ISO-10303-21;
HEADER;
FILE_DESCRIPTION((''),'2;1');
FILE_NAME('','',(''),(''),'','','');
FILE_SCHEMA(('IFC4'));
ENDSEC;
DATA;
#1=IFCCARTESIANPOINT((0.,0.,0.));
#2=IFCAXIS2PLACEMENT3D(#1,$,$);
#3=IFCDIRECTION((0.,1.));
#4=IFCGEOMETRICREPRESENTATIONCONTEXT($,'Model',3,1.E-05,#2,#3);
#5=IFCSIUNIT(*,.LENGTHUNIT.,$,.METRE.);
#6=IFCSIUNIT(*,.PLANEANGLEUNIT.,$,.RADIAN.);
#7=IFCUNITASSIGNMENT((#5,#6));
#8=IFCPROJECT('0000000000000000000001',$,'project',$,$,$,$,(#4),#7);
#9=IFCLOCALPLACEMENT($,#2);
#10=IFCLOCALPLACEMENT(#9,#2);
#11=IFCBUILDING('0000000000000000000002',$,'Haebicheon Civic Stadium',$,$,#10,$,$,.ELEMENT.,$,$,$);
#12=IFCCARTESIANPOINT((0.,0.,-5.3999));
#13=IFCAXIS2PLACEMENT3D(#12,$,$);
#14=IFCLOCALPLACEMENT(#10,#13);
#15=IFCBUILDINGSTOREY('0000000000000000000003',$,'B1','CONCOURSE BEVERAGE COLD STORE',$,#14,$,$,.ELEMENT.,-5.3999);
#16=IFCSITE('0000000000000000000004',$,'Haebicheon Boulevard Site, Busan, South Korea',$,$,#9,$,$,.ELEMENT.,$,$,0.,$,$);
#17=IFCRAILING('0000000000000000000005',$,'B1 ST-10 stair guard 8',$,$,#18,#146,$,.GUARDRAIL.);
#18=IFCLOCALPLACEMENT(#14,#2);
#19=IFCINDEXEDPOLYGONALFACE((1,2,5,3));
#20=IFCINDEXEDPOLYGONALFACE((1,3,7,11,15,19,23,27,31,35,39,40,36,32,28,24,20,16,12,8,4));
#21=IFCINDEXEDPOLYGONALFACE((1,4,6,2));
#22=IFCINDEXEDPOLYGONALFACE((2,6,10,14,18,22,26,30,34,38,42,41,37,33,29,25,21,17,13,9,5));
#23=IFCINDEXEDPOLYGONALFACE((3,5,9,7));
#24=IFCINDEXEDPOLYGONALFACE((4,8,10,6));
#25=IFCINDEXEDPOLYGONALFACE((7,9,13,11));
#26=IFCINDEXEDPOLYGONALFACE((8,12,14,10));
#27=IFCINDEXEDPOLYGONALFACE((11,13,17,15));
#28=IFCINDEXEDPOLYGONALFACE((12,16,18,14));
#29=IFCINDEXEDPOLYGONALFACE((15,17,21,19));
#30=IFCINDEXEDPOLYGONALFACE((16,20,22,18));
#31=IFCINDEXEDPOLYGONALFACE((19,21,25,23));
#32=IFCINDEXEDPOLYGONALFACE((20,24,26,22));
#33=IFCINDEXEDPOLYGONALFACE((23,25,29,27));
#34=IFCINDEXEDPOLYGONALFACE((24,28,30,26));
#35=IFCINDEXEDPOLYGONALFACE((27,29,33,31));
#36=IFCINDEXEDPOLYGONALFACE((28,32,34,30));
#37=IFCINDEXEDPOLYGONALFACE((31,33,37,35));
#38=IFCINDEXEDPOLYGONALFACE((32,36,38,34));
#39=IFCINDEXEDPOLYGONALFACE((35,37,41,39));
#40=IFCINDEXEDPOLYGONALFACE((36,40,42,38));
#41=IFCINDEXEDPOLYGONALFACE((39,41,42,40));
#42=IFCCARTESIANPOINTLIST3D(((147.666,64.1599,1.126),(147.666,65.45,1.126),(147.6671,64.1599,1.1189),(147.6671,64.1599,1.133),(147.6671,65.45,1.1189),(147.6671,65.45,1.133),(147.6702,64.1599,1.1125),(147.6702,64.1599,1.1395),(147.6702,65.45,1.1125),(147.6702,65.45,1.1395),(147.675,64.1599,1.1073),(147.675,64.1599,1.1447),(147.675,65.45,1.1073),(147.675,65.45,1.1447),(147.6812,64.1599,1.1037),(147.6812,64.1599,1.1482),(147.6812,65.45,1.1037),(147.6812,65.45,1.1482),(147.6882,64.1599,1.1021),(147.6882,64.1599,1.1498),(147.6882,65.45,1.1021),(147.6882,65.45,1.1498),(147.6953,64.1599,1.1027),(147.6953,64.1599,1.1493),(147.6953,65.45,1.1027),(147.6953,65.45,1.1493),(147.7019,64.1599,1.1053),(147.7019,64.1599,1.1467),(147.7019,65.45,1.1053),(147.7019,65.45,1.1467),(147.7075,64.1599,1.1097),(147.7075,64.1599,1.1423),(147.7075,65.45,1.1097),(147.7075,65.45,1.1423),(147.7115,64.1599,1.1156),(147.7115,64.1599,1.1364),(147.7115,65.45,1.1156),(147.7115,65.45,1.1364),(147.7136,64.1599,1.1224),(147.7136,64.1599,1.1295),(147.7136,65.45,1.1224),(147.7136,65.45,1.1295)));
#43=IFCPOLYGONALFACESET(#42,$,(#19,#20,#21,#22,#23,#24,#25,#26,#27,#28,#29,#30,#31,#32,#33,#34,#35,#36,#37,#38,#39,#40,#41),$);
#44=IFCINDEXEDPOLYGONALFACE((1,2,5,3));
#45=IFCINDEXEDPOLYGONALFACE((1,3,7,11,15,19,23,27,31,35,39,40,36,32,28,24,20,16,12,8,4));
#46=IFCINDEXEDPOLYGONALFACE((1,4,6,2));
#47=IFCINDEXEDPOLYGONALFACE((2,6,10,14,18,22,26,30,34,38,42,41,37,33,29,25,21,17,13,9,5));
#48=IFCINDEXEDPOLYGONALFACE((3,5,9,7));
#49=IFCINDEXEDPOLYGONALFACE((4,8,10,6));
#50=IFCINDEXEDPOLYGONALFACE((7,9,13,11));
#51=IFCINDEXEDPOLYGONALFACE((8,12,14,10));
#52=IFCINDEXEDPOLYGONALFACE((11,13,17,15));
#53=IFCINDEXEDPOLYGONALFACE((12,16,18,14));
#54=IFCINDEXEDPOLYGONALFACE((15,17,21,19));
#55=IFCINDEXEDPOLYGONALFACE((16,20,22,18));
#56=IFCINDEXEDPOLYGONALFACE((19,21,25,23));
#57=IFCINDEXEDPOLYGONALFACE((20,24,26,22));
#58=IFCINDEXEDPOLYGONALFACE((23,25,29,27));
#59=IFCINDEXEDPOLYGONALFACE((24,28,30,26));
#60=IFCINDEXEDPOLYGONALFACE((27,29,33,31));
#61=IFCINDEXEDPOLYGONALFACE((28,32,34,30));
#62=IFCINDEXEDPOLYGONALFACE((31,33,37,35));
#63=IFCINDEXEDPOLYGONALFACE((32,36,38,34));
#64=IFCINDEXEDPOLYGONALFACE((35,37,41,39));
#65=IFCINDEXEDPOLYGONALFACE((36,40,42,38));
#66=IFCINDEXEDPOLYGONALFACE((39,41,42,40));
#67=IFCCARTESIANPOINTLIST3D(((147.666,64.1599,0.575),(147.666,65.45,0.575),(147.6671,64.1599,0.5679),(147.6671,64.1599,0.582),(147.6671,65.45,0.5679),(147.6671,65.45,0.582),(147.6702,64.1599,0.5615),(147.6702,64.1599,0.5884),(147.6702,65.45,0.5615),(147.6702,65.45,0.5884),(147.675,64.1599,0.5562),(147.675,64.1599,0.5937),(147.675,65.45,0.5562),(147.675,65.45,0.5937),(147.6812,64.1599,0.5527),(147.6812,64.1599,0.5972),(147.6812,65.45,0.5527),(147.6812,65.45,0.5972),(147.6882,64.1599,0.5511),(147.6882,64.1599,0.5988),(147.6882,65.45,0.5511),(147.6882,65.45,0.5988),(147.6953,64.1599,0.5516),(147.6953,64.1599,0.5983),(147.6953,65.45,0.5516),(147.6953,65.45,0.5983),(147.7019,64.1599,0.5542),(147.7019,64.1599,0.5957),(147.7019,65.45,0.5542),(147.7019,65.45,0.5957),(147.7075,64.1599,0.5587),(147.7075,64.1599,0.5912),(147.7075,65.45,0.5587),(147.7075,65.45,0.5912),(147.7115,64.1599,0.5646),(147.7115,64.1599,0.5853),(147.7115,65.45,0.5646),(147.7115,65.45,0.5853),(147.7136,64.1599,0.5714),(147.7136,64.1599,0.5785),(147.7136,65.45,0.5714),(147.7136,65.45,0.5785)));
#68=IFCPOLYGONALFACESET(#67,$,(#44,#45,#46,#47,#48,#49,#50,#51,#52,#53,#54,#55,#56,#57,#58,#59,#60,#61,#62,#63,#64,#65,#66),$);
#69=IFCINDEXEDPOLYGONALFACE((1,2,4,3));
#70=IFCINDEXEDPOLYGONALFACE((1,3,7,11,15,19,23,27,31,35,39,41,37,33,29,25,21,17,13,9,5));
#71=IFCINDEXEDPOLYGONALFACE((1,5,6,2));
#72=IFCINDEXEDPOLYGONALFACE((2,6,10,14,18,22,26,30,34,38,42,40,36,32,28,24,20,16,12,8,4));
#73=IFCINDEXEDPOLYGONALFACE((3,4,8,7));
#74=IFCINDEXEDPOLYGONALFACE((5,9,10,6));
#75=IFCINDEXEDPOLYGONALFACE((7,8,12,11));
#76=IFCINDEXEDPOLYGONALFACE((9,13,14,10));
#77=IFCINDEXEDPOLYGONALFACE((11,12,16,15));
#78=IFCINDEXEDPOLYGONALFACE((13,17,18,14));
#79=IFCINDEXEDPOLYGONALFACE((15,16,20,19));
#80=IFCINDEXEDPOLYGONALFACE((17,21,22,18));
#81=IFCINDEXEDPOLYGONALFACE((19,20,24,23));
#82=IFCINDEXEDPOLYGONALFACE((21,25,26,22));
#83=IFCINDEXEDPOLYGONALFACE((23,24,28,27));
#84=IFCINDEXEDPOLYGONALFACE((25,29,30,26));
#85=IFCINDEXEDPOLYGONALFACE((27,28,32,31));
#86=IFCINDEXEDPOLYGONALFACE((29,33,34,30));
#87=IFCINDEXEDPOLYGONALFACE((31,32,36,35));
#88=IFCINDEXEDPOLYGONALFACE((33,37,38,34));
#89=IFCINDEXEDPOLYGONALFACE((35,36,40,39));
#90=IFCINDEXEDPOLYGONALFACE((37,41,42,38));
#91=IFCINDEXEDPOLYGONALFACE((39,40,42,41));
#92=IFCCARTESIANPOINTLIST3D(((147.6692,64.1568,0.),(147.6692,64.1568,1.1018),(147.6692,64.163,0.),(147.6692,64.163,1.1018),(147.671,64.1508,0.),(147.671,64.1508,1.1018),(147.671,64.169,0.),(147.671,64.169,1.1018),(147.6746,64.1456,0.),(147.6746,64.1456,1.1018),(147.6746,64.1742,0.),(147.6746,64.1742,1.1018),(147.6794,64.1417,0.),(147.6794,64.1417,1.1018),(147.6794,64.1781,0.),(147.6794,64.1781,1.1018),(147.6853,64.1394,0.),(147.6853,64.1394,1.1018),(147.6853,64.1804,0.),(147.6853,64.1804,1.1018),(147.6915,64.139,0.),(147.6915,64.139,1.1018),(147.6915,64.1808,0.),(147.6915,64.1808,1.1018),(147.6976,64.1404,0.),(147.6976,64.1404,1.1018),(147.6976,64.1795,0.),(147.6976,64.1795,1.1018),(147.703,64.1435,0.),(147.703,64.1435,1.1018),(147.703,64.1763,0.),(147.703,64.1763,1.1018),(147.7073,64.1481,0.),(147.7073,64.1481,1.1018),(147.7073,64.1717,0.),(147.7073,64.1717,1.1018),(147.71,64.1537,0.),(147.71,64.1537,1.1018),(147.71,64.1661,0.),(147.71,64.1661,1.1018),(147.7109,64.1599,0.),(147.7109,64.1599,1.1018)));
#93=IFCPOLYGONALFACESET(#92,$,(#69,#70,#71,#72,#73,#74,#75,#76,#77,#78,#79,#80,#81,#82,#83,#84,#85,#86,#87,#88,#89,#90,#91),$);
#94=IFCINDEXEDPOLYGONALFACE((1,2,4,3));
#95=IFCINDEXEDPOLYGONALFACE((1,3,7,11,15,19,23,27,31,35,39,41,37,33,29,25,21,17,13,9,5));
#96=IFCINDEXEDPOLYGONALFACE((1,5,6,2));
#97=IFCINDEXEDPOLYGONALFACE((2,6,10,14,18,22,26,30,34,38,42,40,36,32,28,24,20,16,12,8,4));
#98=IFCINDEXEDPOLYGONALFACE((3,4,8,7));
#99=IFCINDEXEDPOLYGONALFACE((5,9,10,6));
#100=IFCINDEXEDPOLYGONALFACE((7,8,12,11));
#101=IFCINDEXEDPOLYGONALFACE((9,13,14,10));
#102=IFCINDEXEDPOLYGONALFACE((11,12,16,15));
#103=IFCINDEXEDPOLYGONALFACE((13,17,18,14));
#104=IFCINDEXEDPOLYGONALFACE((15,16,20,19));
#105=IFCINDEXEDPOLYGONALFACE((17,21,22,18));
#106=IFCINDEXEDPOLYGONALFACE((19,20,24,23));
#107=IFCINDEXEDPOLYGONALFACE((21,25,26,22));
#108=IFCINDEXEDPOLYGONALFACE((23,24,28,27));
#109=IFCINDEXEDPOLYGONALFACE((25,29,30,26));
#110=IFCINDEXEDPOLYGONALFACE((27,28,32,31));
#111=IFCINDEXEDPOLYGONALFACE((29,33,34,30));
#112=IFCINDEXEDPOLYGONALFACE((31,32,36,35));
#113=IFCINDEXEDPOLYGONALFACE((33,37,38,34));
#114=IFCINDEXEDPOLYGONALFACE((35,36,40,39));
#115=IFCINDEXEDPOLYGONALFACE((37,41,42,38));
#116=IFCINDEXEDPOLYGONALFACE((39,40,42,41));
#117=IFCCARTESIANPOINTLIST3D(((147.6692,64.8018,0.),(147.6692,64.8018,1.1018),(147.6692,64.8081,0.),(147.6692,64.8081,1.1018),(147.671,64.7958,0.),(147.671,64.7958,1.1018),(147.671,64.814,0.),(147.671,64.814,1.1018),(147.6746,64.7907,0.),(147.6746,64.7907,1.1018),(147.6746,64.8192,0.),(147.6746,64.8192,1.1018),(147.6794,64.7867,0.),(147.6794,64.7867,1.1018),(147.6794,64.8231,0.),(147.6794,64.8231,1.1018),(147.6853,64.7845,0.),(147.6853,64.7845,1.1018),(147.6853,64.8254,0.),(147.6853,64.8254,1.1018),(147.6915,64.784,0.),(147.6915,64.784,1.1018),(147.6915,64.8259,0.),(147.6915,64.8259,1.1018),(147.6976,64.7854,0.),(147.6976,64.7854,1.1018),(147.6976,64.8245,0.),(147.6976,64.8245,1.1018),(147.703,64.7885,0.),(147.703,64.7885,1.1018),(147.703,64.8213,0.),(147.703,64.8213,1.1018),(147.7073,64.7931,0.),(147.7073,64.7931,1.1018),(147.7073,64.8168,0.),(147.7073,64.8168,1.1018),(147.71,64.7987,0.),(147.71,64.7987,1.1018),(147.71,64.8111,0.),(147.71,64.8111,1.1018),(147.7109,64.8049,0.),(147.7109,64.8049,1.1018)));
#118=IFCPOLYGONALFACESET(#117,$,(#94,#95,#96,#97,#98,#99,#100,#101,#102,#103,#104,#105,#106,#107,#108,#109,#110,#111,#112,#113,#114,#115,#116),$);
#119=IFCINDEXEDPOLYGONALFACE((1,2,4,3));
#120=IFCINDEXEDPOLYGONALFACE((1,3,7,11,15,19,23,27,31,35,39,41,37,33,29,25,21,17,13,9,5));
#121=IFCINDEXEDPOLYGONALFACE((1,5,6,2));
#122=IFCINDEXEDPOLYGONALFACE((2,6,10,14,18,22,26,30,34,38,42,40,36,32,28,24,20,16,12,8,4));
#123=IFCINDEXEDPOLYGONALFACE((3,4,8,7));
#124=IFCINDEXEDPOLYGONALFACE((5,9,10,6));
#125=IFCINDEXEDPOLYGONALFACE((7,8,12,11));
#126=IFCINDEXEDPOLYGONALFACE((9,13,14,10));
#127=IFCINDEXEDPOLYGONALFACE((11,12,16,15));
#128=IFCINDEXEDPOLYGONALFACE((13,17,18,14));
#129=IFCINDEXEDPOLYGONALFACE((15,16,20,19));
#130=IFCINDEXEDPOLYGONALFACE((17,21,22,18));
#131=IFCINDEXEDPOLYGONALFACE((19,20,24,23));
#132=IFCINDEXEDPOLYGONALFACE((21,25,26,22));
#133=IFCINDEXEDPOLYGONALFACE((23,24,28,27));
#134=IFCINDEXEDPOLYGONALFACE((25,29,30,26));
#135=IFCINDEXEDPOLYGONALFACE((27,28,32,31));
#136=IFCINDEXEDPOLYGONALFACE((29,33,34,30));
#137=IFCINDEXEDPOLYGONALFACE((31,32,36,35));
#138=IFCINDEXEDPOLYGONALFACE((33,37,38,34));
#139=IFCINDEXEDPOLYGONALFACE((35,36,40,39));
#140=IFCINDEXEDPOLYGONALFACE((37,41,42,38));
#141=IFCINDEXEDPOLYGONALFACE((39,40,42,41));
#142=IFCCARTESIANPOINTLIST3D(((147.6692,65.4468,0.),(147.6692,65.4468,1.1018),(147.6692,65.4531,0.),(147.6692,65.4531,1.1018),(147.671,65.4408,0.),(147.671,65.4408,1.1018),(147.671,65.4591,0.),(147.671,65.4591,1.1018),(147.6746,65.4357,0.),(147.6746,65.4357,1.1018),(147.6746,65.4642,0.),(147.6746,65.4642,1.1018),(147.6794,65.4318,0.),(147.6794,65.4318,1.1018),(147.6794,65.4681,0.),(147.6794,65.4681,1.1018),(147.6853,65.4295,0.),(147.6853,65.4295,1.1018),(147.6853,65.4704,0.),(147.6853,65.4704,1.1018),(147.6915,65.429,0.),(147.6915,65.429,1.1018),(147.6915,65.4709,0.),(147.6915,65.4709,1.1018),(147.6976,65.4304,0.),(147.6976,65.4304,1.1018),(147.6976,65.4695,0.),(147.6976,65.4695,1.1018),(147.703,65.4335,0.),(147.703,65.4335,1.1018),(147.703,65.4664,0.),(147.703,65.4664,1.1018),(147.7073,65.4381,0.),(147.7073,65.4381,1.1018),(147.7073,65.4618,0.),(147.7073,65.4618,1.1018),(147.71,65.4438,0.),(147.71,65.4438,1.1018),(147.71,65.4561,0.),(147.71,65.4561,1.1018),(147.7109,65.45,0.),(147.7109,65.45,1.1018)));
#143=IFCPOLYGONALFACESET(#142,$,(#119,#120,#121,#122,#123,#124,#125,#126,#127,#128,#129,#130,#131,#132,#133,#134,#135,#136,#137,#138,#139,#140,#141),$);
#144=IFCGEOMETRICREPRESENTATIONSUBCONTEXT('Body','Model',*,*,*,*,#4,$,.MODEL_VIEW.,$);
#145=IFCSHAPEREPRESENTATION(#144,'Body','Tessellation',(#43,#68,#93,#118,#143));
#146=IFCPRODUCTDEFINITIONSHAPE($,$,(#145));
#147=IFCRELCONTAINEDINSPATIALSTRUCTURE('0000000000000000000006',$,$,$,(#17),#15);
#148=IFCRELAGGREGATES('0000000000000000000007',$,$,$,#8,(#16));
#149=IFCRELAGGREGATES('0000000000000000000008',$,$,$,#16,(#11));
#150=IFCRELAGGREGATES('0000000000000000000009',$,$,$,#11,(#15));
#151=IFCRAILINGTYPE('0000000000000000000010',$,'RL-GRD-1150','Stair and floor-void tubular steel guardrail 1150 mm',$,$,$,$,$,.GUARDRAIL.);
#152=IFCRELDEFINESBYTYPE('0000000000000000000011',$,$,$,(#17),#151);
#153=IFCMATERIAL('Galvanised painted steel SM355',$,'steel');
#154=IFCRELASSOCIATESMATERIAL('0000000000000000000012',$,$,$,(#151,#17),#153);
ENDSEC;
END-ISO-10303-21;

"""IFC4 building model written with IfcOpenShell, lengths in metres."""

from ifc_helpers import new_model, si_unit, direction, frame, origin, origin_2d, place, context, subcontext, project, spatial, circle, extrude, material, type_object, element, save


model = new_model("IFC4")

# Units and contexts
model_context = context("Model", 3, precision=1e-05, world=origin(), true_north=direction((0.0, 1.0)))
body_context = subcontext(model_context, "Body", "Model", "MODEL_VIEW")
ifc_project = project(units=[si_unit("LENGTHUNIT", "METRE"), si_unit("PLANEANGLEUNIT", "RADIAN")], contexts=[model_context])

# Site, building, storey
site_placement = place(None, origin())
site = spatial("IfcSite", under=ifc_project, at=site_placement, Name="Haebicheon Boulevard Site, Busan, South Korea", CompositionType="ELEMENT", RefElevation=0.0)
building_placement = place(site_placement, origin())
building = spatial("IfcBuilding", under=site, at=building_placement, Name="Haebicheon Civic Stadium", CompositionType="ELEMENT")
storey_placement = place(building_placement, frame((0.0, 0.0, -5.3999)))
storey = spatial("IfcBuildingStorey", under=building, at=storey_placement, Name="B1", Description="CONCOURSE BEVERAGE COLD STORE", CompositionType="ELEMENT", Elevation=-5.3999)

# Railing
ifc_material_1 = material(Name="Galvanised painted steel SM355", Category="steel")
railing_type_1 = type_object("IfcRailingType", Name="RL-GRD-1150", Description="Stair and floor-void tubular steel guardrail 1150 mm", PredefinedType="GUARDRAIL", material=ifc_material_1)
railing_1_placement = place(storey_placement, frame((147.6899, 64.1599, 0.0)))
element("IfcRailing", 1, at=railing_1_placement, inside=storey, type_object=railing_type_1, material=ifc_material_1, Name="B1 ST-10 stair guard 8", PredefinedType="GUARDRAIL", context=body_context, shape_type="SweptSolid", body=[
    extrude(circle(Radius=0.0239, at=origin_2d()), frame((0.0, 0.0, 1.126), z_axis=(0.0, 1.0, 0.0), x_axis=(-1.0, 0.0, 0.0)), (0.0, 0.0, 1.0), 1.29),
    extrude(circle(Radius=0.0239, at=origin_2d()), frame((0.0, 0.0, 0.575), z_axis=(0.0, 1.0, 0.0), x_axis=(-1.0, 0.0, 0.0)), (0.0, 0.0, 1.0), 1.29),
    extrude(circle(Radius=0.021, at=origin_2d()), origin(), (0.0, 0.0, 1.0), 1.1018),
    extrude(circle(Radius=0.021, at=origin_2d()), frame((0.0, 0.645, 0.0)), (0.0, 0.0, 1.0), 1.1018),
    extrude(circle(Radius=0.021, at=origin_2d()), frame((0.0, 1.29, 0.0)), (0.0, 0.0, 1.0), 1.1018),
])

save(model, "model.ifc")
